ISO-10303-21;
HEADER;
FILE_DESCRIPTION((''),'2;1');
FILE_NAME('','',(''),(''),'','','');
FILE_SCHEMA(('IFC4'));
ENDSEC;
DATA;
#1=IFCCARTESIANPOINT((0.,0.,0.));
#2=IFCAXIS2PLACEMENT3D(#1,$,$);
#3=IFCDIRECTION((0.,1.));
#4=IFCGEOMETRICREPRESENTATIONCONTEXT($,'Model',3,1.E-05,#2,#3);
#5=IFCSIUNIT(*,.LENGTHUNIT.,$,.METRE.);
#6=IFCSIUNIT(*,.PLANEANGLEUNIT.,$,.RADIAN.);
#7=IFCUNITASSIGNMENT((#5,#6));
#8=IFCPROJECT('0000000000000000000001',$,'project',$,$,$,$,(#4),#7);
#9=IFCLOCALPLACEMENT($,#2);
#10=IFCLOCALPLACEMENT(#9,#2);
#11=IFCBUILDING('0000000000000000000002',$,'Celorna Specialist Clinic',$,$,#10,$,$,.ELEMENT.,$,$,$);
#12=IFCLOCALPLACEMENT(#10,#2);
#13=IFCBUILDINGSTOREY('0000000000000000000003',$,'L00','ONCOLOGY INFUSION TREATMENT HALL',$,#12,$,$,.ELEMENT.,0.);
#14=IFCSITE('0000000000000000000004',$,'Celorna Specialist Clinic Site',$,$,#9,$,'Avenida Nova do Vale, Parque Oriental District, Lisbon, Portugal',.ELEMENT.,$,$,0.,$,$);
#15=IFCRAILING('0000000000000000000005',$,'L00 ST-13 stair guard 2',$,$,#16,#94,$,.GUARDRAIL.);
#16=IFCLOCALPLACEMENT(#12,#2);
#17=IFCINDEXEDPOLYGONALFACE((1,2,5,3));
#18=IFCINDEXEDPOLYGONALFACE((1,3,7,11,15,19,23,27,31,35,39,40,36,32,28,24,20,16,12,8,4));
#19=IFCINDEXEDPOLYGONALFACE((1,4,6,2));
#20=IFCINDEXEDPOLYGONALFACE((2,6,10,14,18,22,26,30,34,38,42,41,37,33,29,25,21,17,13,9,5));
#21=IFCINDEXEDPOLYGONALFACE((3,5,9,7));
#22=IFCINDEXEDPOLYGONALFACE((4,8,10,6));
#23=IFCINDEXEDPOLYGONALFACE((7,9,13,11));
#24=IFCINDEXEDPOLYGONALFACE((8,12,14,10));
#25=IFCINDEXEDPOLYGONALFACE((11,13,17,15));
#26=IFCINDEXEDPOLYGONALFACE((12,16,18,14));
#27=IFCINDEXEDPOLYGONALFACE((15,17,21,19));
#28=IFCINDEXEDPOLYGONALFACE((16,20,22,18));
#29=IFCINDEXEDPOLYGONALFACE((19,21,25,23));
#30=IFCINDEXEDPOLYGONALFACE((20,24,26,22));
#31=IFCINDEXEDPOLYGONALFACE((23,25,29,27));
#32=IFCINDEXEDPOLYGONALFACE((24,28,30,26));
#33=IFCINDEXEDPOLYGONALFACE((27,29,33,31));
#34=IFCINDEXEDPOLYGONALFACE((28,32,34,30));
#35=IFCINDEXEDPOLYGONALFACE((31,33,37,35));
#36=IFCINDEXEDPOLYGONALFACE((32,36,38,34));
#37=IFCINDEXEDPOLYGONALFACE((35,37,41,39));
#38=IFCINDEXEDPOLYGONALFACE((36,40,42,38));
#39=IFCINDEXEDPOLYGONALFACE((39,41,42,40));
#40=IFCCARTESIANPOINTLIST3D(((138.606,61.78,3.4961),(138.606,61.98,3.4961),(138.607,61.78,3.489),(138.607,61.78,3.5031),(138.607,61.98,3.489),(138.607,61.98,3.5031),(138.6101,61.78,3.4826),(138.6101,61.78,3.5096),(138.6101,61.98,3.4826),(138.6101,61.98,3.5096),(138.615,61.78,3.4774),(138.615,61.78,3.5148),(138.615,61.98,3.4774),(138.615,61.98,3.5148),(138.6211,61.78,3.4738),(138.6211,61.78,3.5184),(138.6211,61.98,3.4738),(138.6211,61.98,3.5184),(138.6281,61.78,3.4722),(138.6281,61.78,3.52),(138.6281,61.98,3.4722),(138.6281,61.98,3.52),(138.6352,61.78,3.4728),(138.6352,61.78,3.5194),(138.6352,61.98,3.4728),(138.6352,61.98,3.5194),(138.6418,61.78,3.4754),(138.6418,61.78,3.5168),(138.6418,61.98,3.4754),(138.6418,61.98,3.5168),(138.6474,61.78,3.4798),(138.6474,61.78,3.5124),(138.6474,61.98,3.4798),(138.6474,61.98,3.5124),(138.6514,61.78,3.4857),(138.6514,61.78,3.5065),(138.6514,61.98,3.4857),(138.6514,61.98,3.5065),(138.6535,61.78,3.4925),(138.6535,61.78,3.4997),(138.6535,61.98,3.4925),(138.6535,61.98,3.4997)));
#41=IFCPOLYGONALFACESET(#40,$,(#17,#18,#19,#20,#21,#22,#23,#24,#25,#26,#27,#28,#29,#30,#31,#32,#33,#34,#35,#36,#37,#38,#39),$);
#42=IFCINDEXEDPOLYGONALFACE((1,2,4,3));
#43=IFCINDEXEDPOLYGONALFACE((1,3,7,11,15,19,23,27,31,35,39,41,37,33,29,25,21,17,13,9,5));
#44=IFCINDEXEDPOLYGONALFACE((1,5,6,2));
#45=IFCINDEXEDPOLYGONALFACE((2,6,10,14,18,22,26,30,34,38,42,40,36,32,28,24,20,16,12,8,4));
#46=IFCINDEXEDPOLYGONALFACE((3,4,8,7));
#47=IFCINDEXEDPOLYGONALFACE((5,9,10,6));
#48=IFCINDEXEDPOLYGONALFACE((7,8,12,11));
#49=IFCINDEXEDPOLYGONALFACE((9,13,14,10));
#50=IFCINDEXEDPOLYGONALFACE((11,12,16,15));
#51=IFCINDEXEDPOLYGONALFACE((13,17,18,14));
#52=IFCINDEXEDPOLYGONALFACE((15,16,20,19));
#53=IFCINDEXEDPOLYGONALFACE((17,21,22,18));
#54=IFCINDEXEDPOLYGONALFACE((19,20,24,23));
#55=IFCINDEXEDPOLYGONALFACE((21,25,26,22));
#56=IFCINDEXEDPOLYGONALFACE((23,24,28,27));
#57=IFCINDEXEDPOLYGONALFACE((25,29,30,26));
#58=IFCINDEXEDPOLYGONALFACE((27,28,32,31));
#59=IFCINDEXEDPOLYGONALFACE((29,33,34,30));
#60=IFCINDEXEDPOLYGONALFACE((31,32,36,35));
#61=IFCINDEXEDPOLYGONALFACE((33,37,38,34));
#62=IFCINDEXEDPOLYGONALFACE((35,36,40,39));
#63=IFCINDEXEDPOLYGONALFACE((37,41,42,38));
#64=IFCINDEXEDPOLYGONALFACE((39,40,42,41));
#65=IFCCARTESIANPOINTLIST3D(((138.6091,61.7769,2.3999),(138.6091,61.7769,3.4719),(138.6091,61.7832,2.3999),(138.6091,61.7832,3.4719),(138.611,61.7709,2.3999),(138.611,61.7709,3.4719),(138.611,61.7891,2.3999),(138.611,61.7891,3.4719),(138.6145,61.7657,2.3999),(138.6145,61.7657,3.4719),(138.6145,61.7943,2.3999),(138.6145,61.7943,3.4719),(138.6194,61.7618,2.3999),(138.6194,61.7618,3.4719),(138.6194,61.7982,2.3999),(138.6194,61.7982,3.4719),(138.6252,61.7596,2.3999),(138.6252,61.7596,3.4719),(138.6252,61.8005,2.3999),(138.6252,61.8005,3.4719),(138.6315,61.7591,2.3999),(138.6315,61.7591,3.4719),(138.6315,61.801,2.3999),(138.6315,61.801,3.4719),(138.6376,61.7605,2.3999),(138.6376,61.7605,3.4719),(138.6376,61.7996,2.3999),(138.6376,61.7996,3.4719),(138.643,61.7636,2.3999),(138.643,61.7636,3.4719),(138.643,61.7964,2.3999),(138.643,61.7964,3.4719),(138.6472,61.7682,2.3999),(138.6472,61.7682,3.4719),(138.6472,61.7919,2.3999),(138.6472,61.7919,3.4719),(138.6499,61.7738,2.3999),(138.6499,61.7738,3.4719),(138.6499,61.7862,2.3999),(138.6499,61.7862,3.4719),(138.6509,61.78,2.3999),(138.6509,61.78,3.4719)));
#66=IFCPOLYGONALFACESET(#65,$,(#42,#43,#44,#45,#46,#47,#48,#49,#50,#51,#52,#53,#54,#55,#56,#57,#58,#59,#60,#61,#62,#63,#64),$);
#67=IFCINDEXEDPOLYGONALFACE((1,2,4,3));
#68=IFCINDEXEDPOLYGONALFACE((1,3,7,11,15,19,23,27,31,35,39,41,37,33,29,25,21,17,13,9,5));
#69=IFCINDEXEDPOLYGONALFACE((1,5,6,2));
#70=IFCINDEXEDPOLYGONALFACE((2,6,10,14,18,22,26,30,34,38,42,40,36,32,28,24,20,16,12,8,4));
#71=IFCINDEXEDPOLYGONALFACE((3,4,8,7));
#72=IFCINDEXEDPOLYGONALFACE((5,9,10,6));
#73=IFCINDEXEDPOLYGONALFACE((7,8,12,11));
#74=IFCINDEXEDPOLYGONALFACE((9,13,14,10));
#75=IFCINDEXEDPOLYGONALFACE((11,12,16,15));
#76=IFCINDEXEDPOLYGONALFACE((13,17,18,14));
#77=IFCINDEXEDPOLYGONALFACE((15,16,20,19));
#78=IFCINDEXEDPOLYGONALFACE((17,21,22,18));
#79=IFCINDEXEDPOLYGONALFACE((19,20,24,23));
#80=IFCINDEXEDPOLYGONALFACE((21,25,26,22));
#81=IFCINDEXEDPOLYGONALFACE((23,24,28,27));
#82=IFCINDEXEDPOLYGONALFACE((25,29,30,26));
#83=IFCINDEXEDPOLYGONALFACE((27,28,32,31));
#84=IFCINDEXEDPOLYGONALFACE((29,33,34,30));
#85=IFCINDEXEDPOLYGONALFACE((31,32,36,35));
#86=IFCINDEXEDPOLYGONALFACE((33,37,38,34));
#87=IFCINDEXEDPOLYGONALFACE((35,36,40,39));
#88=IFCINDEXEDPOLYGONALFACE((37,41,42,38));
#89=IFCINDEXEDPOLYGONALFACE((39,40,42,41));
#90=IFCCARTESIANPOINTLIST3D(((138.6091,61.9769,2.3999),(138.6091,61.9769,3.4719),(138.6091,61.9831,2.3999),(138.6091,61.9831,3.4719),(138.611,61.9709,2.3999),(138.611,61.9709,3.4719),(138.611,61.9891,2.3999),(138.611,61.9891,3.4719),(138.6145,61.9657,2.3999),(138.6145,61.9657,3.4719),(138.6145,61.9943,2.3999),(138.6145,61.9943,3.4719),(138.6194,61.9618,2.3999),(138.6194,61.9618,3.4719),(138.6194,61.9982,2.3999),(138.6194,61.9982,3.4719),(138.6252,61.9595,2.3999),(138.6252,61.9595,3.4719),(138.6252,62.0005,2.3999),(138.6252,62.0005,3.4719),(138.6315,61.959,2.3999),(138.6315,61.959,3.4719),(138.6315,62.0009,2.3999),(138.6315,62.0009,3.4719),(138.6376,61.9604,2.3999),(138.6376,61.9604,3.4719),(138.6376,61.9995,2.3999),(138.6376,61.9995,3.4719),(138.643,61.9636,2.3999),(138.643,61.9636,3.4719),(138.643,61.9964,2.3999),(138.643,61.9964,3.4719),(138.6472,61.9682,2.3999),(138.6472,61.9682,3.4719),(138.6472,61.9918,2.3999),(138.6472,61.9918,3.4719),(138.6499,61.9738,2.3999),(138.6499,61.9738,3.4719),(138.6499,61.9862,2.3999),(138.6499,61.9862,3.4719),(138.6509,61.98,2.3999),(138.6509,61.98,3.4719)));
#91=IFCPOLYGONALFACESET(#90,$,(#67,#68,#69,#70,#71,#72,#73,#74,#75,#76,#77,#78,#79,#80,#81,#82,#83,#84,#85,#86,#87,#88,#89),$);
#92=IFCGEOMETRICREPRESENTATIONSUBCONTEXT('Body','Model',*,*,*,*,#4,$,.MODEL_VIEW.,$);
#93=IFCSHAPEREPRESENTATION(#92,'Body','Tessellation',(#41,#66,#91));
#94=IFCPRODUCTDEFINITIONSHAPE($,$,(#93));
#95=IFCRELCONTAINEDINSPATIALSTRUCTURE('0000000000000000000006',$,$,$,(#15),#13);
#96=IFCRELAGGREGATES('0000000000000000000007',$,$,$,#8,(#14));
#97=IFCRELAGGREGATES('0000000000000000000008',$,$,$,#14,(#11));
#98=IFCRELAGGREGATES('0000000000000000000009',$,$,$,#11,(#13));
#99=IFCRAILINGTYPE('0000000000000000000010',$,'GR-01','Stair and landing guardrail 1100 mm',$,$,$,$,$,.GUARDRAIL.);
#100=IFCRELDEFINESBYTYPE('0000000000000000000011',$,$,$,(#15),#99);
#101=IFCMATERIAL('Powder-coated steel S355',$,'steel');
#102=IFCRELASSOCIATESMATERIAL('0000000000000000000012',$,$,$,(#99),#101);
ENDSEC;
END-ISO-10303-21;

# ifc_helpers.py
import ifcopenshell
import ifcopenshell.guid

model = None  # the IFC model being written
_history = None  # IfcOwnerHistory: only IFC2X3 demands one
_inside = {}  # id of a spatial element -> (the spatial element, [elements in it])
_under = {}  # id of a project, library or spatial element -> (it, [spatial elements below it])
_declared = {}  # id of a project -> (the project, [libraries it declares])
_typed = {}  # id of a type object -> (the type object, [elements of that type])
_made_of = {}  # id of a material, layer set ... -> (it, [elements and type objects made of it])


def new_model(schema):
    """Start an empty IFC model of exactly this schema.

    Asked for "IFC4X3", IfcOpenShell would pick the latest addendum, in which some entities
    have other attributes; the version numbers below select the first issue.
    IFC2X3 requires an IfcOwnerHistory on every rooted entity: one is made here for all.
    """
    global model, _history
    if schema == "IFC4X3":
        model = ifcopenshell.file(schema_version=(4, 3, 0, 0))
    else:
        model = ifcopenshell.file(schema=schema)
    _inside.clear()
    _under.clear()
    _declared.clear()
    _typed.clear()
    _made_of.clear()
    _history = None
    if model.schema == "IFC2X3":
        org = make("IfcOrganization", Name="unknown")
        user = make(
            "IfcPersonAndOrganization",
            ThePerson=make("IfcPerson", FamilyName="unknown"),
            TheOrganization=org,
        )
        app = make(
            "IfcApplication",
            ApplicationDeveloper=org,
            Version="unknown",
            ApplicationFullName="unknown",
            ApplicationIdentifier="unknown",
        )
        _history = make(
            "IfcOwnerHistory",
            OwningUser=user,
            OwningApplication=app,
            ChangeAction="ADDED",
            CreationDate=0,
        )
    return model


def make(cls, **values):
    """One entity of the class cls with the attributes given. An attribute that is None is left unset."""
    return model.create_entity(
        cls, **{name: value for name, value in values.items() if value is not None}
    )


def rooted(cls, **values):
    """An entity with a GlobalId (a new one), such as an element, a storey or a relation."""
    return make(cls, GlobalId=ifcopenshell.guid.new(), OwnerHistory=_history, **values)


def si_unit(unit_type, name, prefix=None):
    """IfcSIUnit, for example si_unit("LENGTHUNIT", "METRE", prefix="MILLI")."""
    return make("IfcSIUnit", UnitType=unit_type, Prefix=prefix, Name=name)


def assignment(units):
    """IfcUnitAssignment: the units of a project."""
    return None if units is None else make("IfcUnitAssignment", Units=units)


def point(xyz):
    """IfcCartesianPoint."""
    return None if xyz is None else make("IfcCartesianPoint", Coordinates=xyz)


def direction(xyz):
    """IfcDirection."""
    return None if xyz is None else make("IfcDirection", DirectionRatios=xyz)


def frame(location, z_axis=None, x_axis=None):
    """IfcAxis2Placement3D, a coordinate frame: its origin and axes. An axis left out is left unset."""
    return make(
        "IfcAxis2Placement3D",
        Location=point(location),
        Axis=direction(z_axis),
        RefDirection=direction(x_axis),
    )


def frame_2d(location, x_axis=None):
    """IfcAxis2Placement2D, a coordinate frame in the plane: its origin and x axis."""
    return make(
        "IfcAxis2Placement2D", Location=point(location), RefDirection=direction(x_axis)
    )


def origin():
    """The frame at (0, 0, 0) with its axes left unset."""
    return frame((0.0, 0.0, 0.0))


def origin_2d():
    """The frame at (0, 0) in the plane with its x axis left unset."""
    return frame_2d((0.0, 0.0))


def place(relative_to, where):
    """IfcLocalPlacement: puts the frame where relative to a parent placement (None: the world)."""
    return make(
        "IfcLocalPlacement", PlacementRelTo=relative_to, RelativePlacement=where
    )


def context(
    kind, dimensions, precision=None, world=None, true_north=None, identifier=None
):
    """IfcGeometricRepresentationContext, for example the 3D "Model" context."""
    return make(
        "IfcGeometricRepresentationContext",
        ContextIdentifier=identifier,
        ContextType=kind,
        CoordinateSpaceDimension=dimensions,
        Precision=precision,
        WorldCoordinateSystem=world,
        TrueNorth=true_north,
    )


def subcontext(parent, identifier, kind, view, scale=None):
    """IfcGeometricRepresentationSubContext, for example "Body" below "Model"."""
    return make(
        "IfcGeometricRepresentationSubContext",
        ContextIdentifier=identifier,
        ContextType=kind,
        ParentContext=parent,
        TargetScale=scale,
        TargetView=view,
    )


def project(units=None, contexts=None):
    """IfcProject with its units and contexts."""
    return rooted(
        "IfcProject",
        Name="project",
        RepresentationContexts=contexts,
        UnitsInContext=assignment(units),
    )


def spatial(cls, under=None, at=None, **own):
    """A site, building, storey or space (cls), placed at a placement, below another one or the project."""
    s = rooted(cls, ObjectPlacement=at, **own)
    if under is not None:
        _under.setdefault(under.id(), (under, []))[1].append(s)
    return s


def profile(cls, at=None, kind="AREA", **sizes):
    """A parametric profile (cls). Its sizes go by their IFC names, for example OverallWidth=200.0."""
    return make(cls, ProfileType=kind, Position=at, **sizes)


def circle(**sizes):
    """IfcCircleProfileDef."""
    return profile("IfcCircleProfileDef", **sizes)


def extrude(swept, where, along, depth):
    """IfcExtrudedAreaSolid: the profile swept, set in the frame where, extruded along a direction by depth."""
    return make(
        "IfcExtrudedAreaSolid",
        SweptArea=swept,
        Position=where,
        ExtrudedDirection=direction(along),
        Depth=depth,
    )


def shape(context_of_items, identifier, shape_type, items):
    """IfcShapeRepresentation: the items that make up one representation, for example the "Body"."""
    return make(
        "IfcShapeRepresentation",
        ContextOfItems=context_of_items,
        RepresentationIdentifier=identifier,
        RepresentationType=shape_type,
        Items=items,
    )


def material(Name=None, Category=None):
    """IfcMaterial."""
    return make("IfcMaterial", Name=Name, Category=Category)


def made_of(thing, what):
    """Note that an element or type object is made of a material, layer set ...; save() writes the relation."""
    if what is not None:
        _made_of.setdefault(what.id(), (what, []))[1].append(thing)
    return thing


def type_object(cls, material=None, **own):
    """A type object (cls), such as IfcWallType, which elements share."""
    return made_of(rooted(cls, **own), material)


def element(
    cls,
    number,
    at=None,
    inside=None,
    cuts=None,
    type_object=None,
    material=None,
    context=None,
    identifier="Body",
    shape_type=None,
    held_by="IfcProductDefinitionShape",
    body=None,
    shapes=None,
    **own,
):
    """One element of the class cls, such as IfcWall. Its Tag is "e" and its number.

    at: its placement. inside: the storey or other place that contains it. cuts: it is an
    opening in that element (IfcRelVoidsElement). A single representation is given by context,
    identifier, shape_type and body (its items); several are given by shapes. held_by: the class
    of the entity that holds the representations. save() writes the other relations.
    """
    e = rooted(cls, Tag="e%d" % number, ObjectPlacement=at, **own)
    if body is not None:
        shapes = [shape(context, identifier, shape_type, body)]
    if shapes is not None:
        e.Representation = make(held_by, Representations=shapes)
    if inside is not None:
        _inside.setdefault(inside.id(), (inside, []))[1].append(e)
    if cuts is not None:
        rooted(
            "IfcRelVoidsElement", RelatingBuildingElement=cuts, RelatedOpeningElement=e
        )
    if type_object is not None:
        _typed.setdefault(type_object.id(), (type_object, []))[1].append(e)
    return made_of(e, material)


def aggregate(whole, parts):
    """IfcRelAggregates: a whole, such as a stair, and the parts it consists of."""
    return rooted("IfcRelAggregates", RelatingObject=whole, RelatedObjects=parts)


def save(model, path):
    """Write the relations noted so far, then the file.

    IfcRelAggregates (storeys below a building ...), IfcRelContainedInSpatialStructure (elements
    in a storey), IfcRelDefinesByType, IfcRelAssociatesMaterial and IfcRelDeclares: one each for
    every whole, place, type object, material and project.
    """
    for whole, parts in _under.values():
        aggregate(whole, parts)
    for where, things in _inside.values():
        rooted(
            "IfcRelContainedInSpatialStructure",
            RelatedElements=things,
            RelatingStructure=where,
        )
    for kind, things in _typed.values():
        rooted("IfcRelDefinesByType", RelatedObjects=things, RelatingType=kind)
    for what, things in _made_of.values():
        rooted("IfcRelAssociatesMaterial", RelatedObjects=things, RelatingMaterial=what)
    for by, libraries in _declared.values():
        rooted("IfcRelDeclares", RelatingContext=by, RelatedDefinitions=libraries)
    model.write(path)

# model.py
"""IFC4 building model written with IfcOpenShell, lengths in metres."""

from ifc_helpers import new_model, si_unit, direction, frame, origin, origin_2d, place, context, subcontext, project, spatial, circle, extrude, material, type_object, element, save


model = new_model("IFC4")

# Units and contexts
model_context = context("Model", 3, precision=1e-05, world=origin(), true_north=direction((0.0, 1.0)))
body_context = subcontext(model_context, "Body", "Model", "MODEL_VIEW")
ifc_project = project(units=[si_unit("LENGTHUNIT", "METRE"), si_unit("PLANEANGLEUNIT", "RADIAN")], contexts=[model_context])

# Site, building, storey
site_placement = place(None, origin())
site = spatial("IfcSite", under=ifc_project, at=site_placement, Name="Celorna Specialist Clinic Site", LongName="Avenida Nova do Vale, Parque Oriental District, Lisbon, Portugal", CompositionType="ELEMENT", RefElevation=0.0)
building_placement = place(site_placement, origin())
building = spatial("IfcBuilding", under=site, at=building_placement, Name="Celorna Specialist Clinic", CompositionType="ELEMENT")
storey_placement = place(building_placement, origin())
storey = spatial("IfcBuildingStorey", under=building, at=storey_placement, Name="L00", Description="ONCOLOGY INFUSION TREATMENT HALL", CompositionType="ELEMENT", Elevation=0.0)

# Railing
ifc_material_1 = material(Name="Powder-coated steel S355", Category="steel")
railing_type_1 = type_object("IfcRailingType", Name="GR-01", Description="Stair and landing guardrail 1100 mm", PredefinedType="GUARDRAIL", material=ifc_material_1)
railing_1_placement = place(storey_placement, frame((138.6299, 61.78, 2.3999)))
element("IfcRailing", 1, at=railing_1_placement, inside=storey, type_object=railing_type_1, Name="L00 ST-13 stair guard 2", PredefinedType="GUARDRAIL", context=body_context, shape_type="SweptSolid", body=[
    extrude(circle(Radius=0.0239, at=origin_2d()), frame((0.0, 0.0, 1.0962), z_axis=(0.0, 1.0, 0.0), x_axis=(-1.0, 0.0, 0.0)), (0.0, 0.0, 1.0), 0.2),
    extrude(circle(Radius=0.021, at=origin_2d()), origin(), (0.0, 0.0, 1.0), 1.072),
    extrude(circle(Radius=0.021, at=origin_2d()), frame((0.0, 0.2, 0.0)), (0.0, 0.0, 1.0), 1.072),
])

save(model, "model.ifc")
